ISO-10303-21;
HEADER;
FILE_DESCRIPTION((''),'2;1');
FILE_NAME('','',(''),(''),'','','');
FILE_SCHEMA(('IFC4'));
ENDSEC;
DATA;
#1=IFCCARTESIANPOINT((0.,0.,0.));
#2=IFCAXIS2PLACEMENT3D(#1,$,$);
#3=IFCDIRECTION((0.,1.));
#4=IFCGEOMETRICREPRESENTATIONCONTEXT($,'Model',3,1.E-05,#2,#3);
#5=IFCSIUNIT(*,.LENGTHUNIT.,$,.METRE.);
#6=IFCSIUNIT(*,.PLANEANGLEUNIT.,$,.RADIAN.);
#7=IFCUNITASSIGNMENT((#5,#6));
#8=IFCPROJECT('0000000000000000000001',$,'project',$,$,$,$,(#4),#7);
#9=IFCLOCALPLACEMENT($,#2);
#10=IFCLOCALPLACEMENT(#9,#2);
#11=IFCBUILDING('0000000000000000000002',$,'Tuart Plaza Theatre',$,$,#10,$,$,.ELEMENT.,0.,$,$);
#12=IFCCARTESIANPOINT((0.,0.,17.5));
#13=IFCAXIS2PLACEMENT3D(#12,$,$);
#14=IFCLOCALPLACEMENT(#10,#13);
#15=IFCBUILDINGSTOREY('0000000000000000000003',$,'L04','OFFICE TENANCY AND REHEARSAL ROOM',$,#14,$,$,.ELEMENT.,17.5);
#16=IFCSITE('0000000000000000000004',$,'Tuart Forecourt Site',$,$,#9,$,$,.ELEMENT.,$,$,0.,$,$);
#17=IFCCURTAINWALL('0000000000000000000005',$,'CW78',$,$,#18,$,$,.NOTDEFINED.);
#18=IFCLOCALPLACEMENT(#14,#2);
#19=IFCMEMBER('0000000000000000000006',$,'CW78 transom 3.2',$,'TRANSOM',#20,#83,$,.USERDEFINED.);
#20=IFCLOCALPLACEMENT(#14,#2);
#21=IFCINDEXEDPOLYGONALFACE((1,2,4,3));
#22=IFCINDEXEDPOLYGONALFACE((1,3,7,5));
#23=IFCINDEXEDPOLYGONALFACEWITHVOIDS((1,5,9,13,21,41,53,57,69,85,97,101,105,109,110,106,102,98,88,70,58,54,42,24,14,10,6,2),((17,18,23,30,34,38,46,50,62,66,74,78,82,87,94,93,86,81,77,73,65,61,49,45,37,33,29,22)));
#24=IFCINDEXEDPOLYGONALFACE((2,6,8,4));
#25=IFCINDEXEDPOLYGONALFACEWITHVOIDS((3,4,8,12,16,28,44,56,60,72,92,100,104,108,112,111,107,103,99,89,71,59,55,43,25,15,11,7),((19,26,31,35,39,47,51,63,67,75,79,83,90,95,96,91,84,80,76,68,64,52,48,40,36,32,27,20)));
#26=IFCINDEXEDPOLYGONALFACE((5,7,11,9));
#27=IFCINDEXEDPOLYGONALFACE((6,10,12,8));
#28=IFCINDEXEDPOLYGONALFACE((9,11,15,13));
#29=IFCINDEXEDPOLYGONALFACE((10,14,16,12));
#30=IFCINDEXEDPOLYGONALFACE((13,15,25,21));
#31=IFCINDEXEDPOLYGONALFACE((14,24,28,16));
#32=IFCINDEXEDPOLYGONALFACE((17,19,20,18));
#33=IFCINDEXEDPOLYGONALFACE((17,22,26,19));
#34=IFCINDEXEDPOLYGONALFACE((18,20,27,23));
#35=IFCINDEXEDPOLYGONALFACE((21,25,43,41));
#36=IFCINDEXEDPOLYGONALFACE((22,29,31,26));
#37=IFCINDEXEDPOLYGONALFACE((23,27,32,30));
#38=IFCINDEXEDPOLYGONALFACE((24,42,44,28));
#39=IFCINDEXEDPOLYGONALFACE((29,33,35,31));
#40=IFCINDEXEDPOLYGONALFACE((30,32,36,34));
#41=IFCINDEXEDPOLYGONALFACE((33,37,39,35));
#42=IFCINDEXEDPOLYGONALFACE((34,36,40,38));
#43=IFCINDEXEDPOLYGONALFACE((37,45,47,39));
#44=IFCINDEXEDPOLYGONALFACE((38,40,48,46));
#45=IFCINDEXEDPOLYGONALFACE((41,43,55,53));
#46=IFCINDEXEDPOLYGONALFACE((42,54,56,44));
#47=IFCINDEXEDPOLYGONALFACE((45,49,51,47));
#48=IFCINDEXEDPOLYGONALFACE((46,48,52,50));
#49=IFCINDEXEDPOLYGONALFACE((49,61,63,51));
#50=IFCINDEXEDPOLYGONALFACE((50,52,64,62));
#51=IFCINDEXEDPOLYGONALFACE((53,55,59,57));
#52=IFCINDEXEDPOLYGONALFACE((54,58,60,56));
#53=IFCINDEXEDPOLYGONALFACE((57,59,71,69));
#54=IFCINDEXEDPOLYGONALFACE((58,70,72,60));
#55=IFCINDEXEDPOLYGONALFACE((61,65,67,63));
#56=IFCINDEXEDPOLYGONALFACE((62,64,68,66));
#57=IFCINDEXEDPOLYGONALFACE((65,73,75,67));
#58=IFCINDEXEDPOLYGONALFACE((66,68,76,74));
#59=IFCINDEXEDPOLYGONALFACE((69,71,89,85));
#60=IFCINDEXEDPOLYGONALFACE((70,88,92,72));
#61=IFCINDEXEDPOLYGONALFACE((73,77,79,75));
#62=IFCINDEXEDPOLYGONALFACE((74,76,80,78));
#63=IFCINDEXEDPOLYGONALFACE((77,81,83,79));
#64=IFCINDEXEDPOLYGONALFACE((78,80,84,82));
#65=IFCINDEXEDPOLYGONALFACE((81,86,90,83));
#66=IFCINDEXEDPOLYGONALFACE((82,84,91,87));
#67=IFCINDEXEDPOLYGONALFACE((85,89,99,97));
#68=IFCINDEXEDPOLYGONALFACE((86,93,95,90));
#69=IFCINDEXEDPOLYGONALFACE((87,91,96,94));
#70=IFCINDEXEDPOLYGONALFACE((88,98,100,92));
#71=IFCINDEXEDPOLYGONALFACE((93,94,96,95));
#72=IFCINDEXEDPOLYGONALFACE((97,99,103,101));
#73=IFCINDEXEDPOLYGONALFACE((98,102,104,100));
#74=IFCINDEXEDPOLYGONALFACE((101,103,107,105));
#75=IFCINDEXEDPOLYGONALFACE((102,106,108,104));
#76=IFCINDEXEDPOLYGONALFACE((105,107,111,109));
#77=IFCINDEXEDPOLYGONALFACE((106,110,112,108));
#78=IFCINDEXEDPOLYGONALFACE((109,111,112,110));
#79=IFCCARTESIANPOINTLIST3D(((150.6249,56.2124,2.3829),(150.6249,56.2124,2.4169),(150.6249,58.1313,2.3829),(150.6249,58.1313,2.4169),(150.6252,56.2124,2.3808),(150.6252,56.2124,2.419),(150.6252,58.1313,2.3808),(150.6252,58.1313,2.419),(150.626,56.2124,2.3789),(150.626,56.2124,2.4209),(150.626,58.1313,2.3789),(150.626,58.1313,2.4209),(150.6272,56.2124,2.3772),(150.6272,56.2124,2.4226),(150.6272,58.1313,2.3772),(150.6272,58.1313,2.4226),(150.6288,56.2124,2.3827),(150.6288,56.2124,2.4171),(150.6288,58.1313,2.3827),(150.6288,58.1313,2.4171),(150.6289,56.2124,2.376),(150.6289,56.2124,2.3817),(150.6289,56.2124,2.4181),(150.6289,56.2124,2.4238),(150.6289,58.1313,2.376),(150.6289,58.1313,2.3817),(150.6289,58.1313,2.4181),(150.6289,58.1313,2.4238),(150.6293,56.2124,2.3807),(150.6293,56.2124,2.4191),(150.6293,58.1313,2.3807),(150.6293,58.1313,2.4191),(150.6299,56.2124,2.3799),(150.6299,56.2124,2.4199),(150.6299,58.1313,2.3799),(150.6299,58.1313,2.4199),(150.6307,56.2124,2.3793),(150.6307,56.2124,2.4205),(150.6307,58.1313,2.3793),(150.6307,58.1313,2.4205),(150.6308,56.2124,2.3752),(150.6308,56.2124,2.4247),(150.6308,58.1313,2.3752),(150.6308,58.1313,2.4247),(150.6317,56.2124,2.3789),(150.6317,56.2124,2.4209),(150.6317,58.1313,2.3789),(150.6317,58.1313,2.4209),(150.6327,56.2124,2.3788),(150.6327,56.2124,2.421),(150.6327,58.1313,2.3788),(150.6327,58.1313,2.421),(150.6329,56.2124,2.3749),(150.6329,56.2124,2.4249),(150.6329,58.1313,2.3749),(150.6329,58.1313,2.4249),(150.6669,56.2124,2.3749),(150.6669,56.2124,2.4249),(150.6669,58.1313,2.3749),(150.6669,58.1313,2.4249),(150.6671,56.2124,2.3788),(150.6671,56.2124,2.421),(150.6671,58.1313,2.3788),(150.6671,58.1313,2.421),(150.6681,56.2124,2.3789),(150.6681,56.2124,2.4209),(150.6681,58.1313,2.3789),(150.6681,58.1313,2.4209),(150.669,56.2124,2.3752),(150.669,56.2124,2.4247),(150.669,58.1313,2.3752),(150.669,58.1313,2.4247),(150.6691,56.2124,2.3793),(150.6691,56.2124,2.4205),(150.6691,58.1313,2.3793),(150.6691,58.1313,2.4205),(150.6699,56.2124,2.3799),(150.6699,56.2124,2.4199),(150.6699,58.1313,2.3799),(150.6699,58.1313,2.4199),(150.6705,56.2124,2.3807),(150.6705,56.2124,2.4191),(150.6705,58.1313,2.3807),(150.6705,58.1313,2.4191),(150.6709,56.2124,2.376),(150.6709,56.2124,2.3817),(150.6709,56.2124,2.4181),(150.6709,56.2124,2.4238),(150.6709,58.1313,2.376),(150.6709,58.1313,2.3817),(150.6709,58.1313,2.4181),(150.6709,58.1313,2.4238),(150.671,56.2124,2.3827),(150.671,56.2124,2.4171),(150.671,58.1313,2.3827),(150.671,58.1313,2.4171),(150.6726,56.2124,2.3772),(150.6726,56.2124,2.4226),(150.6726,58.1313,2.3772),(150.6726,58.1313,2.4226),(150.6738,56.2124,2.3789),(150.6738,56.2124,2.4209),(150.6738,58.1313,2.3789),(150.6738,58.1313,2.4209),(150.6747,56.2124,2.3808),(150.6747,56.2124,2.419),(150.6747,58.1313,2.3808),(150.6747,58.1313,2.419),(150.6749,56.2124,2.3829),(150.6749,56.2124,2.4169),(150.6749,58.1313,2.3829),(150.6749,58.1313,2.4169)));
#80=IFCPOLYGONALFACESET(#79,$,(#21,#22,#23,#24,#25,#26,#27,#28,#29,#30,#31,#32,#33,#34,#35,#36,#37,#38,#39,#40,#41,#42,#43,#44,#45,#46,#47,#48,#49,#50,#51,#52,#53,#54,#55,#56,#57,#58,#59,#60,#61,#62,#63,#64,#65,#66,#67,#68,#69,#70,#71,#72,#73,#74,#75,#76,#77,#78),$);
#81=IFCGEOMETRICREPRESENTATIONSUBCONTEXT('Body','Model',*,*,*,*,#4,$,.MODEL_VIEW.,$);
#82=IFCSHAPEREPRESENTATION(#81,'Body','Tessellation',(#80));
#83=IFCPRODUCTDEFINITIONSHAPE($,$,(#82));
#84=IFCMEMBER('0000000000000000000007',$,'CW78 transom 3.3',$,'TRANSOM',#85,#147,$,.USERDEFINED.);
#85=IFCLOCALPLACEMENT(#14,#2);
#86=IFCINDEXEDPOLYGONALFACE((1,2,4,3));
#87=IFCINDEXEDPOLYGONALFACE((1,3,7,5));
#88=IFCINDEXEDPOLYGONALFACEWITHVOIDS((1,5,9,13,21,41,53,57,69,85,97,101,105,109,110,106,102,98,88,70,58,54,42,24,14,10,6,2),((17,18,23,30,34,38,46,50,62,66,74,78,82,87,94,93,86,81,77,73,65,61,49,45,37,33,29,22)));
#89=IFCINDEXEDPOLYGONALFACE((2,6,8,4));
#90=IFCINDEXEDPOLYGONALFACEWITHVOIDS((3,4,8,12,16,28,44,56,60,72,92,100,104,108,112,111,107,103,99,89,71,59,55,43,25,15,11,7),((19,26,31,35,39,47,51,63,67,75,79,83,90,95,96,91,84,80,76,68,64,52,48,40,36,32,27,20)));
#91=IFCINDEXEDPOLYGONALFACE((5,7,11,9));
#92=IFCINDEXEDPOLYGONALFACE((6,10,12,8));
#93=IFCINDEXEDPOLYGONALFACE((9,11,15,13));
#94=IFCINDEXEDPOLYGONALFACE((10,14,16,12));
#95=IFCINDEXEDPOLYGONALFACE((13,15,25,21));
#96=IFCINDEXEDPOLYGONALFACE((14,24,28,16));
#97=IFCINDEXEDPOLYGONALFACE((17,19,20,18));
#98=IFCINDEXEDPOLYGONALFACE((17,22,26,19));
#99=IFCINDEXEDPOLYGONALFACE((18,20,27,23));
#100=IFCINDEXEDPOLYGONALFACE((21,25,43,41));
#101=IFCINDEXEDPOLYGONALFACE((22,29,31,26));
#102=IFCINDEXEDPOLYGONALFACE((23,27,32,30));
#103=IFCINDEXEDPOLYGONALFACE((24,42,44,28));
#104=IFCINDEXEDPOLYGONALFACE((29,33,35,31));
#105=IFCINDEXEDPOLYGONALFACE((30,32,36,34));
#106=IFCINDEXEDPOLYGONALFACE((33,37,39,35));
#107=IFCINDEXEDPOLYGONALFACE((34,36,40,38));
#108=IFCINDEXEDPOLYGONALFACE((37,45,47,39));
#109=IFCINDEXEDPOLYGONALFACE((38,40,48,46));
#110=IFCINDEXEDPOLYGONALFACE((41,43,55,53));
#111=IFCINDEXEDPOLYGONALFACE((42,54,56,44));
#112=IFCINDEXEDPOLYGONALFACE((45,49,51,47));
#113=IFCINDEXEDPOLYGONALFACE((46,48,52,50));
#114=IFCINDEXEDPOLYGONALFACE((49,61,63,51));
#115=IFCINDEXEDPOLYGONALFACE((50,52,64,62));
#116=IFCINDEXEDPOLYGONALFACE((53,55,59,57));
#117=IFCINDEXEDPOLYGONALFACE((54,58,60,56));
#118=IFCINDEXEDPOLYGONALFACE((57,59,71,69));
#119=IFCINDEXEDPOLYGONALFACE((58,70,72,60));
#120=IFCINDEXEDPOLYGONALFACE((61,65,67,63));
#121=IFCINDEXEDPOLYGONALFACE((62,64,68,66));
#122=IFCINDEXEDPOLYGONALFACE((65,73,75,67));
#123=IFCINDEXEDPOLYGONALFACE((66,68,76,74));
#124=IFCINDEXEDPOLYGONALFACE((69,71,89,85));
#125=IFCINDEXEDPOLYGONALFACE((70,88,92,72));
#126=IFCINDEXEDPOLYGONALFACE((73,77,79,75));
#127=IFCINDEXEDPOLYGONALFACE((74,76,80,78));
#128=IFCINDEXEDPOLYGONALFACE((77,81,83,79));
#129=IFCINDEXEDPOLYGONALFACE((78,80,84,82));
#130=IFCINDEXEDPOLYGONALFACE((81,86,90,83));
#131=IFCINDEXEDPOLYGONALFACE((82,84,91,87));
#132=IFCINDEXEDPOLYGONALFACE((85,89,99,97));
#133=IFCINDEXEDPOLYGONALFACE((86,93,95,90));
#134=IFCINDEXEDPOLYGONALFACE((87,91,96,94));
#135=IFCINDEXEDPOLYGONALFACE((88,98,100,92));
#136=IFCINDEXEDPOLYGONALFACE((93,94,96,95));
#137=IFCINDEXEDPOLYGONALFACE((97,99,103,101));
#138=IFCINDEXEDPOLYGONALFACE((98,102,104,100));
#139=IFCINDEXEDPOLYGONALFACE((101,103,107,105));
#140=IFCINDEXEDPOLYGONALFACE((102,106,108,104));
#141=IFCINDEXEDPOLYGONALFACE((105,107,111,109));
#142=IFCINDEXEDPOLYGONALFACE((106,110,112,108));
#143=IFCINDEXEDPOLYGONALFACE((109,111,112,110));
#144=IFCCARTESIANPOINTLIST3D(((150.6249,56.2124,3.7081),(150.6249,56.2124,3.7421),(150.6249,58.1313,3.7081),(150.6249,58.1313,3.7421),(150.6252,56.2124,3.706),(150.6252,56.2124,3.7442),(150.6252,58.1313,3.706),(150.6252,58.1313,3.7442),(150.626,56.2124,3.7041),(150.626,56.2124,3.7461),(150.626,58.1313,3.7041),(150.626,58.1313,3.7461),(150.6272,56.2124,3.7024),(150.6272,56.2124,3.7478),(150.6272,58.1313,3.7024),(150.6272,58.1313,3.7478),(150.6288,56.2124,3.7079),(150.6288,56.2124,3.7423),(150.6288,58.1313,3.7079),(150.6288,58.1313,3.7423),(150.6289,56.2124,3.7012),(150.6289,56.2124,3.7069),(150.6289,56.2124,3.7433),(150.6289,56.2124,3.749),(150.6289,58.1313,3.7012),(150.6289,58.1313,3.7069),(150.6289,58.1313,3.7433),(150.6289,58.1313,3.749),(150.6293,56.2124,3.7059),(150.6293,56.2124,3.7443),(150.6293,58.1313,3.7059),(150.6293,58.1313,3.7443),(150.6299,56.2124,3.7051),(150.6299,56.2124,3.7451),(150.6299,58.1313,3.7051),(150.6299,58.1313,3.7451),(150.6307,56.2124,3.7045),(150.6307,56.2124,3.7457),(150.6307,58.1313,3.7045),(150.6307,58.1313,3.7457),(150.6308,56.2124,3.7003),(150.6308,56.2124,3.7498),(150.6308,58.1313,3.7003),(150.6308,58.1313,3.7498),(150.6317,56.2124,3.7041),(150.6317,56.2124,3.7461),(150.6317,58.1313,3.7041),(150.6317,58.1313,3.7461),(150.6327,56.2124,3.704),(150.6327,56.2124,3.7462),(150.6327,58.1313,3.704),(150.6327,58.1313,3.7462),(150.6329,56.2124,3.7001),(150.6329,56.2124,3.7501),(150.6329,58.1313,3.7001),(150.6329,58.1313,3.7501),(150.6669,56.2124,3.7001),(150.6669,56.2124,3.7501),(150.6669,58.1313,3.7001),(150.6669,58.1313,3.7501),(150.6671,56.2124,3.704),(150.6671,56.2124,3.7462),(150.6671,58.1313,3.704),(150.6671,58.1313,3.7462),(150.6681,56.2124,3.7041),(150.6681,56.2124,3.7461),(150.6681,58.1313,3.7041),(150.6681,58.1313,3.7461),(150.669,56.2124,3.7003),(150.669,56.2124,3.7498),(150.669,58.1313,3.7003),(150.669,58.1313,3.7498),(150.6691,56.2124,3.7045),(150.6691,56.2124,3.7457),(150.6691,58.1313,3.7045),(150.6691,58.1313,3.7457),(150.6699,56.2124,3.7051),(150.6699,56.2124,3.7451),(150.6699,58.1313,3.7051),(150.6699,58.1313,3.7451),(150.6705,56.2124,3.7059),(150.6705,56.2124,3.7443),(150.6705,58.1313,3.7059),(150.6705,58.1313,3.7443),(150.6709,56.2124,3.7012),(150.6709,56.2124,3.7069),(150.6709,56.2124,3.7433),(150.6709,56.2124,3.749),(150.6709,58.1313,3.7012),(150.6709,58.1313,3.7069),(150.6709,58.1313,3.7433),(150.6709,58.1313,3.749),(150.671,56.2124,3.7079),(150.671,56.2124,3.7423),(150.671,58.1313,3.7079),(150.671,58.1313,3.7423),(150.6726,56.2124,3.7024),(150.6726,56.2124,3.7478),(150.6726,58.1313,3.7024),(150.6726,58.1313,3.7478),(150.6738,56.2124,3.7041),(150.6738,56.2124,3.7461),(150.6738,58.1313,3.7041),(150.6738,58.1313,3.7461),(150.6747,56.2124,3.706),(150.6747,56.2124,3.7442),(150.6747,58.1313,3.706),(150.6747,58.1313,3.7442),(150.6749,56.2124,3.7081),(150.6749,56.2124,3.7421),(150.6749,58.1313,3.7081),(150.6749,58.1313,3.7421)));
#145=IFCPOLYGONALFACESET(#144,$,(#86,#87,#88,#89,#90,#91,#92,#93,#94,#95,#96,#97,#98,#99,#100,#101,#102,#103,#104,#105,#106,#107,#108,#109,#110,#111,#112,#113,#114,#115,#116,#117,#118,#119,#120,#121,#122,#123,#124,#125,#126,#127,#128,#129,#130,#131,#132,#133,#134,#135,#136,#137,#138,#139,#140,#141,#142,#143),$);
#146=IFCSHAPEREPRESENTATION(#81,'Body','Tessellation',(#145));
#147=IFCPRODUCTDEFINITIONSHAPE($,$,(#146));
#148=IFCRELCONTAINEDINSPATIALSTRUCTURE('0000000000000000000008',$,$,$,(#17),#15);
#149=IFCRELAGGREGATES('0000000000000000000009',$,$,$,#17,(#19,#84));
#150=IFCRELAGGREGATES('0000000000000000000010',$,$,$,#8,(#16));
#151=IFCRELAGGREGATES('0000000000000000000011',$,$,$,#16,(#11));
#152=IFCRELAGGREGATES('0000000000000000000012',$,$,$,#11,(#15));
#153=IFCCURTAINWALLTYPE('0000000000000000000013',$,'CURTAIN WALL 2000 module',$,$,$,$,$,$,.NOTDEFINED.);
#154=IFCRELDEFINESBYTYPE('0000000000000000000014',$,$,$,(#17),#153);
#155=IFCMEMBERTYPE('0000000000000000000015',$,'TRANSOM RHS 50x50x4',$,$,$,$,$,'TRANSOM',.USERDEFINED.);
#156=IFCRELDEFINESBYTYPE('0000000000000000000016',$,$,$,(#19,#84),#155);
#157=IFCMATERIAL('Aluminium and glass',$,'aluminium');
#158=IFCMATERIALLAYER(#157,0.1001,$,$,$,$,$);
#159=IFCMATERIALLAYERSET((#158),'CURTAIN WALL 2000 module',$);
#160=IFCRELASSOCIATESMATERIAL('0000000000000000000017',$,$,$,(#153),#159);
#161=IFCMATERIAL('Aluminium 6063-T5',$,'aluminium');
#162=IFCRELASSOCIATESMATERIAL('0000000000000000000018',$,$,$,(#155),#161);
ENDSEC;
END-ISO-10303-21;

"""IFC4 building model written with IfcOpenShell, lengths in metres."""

from ifc_helpers import new_model, si_unit, direction, frame, origin, origin_2d, place, context, subcontext, project, spatial, hollow_rectangle, extrude, material, layer, layer_set, material_profile, profile_set, type_object, element, aggregate, save


model = new_model("IFC4")

# Units and contexts
model_context = context("Model", 3, precision=1e-05, world=origin(), true_north=direction((0.0, 1.0)))
body_context = subcontext(model_context, "Body", "Model", "MODEL_VIEW")
ifc_project = project(units=[si_unit("LENGTHUNIT", "METRE"), si_unit("PLANEANGLEUNIT", "RADIAN")], contexts=[model_context])

# Site, building, storey
site_placement = place(None, origin())
site = spatial("IfcSite", under=ifc_project, at=site_placement, Name="Tuart Forecourt Site", CompositionType="ELEMENT", RefElevation=0.0)
building_placement = place(site_placement, origin())
building = spatial("IfcBuilding", under=site, at=building_placement, Name="Tuart Plaza Theatre", CompositionType="ELEMENT", ElevationOfRefHeight=0.0)
storey_placement = place(building_placement, frame((0.0, 0.0, 17.5)))
storey = spatial("IfcBuildingStorey", under=building, at=storey_placement, Name="L04", Description="OFFICE TENANCY AND REHEARSAL ROOM", CompositionType="ELEMENT", Elevation=17.5)

# Curtain wall
ifc_material_1 = material(Name="Aluminium and glass", Category="aluminium")
ifc_layer_1 = layer(ifc_material_1, 0.1001)
ifc_layer_set_1 = layer_set([ifc_layer_1], Name="CURTAIN WALL 2000 module")
curtain_wall_type = type_object("IfcCurtainWallType", Name="CURTAIN WALL 2000 module", PredefinedType="NOTDEFINED", material=ifc_layer_set_1)
curtain_wall_1_placement = place(storey_placement, origin())
curtain_wall_1 = element("IfcCurtainWall", 1, at=curtain_wall_1_placement, inside=storey, type_object=curtain_wall_type, Name="CW78", PredefinedType="NOTDEFINED")

# Members
ifc_material_2 = material(Name="Aluminium 6063-T5", Category="aluminium")
ifc_material_profile_1 = material_profile(ifc_material_2, hollow_rectangle(XDim=0.05, YDim=0.05, WallThickness=0.0039, InnerFilletRadius=0.0039, OuterFilletRadius=0.0081, at=origin_2d()), Name="RHS 50x50x4")
ifc_profile_set_1 = profile_set([ifc_material_profile_1], Name="Aluminium 6063-T5")
member_type_1 = type_object("IfcMemberType", Name="TRANSOM RHS 50x50x4", ElementType="TRANSOM", PredefinedType="USERDEFINED", material=ifc_profile_set_1)
member_1_placement = place(storey_placement, frame((150.6499, 56.2124, 2.3999), z_axis=(0.0, 1.0, 0.0), x_axis=(-1.0, 0.0, 0.0)))
member_1 = element("IfcMember", 2, at=member_1_placement, type_object=member_type_1, Name="CW78 transom 3.2", ObjectType="TRANSOM", PredefinedType="USERDEFINED", context=body_context, shape_type="SweptSolid", body=[
    extrude(hollow_rectangle(XDim=0.05, YDim=0.05, WallThickness=0.0039, InnerFilletRadius=0.0039, OuterFilletRadius=0.0081, at=origin_2d()), origin(), (0.0, 0.0, 1.0), 1.9189),
])
member_2_placement = place(storey_placement, frame((150.6499, 56.2124, 3.7251), z_axis=(0.0, 1.0, 0.0), x_axis=(-1.0, 0.0, 0.0)))
member_2 = element("IfcMember", 3, at=member_2_placement, type_object=member_type_1, Name="CW78 transom 3.3", ObjectType="TRANSOM", PredefinedType="USERDEFINED", context=body_context, shape_type="SweptSolid", body=[
    extrude(hollow_rectangle(XDim=0.05, YDim=0.05, WallThickness=0.0039, InnerFilletRadius=0.0039, OuterFilletRadius=0.0081, at=origin_2d()), origin(), (0.0, 0.0, 1.0), 1.9189),
])

aggregate(curtain_wall_1, [member_1, member_2])

save(model, "model.ifc")
